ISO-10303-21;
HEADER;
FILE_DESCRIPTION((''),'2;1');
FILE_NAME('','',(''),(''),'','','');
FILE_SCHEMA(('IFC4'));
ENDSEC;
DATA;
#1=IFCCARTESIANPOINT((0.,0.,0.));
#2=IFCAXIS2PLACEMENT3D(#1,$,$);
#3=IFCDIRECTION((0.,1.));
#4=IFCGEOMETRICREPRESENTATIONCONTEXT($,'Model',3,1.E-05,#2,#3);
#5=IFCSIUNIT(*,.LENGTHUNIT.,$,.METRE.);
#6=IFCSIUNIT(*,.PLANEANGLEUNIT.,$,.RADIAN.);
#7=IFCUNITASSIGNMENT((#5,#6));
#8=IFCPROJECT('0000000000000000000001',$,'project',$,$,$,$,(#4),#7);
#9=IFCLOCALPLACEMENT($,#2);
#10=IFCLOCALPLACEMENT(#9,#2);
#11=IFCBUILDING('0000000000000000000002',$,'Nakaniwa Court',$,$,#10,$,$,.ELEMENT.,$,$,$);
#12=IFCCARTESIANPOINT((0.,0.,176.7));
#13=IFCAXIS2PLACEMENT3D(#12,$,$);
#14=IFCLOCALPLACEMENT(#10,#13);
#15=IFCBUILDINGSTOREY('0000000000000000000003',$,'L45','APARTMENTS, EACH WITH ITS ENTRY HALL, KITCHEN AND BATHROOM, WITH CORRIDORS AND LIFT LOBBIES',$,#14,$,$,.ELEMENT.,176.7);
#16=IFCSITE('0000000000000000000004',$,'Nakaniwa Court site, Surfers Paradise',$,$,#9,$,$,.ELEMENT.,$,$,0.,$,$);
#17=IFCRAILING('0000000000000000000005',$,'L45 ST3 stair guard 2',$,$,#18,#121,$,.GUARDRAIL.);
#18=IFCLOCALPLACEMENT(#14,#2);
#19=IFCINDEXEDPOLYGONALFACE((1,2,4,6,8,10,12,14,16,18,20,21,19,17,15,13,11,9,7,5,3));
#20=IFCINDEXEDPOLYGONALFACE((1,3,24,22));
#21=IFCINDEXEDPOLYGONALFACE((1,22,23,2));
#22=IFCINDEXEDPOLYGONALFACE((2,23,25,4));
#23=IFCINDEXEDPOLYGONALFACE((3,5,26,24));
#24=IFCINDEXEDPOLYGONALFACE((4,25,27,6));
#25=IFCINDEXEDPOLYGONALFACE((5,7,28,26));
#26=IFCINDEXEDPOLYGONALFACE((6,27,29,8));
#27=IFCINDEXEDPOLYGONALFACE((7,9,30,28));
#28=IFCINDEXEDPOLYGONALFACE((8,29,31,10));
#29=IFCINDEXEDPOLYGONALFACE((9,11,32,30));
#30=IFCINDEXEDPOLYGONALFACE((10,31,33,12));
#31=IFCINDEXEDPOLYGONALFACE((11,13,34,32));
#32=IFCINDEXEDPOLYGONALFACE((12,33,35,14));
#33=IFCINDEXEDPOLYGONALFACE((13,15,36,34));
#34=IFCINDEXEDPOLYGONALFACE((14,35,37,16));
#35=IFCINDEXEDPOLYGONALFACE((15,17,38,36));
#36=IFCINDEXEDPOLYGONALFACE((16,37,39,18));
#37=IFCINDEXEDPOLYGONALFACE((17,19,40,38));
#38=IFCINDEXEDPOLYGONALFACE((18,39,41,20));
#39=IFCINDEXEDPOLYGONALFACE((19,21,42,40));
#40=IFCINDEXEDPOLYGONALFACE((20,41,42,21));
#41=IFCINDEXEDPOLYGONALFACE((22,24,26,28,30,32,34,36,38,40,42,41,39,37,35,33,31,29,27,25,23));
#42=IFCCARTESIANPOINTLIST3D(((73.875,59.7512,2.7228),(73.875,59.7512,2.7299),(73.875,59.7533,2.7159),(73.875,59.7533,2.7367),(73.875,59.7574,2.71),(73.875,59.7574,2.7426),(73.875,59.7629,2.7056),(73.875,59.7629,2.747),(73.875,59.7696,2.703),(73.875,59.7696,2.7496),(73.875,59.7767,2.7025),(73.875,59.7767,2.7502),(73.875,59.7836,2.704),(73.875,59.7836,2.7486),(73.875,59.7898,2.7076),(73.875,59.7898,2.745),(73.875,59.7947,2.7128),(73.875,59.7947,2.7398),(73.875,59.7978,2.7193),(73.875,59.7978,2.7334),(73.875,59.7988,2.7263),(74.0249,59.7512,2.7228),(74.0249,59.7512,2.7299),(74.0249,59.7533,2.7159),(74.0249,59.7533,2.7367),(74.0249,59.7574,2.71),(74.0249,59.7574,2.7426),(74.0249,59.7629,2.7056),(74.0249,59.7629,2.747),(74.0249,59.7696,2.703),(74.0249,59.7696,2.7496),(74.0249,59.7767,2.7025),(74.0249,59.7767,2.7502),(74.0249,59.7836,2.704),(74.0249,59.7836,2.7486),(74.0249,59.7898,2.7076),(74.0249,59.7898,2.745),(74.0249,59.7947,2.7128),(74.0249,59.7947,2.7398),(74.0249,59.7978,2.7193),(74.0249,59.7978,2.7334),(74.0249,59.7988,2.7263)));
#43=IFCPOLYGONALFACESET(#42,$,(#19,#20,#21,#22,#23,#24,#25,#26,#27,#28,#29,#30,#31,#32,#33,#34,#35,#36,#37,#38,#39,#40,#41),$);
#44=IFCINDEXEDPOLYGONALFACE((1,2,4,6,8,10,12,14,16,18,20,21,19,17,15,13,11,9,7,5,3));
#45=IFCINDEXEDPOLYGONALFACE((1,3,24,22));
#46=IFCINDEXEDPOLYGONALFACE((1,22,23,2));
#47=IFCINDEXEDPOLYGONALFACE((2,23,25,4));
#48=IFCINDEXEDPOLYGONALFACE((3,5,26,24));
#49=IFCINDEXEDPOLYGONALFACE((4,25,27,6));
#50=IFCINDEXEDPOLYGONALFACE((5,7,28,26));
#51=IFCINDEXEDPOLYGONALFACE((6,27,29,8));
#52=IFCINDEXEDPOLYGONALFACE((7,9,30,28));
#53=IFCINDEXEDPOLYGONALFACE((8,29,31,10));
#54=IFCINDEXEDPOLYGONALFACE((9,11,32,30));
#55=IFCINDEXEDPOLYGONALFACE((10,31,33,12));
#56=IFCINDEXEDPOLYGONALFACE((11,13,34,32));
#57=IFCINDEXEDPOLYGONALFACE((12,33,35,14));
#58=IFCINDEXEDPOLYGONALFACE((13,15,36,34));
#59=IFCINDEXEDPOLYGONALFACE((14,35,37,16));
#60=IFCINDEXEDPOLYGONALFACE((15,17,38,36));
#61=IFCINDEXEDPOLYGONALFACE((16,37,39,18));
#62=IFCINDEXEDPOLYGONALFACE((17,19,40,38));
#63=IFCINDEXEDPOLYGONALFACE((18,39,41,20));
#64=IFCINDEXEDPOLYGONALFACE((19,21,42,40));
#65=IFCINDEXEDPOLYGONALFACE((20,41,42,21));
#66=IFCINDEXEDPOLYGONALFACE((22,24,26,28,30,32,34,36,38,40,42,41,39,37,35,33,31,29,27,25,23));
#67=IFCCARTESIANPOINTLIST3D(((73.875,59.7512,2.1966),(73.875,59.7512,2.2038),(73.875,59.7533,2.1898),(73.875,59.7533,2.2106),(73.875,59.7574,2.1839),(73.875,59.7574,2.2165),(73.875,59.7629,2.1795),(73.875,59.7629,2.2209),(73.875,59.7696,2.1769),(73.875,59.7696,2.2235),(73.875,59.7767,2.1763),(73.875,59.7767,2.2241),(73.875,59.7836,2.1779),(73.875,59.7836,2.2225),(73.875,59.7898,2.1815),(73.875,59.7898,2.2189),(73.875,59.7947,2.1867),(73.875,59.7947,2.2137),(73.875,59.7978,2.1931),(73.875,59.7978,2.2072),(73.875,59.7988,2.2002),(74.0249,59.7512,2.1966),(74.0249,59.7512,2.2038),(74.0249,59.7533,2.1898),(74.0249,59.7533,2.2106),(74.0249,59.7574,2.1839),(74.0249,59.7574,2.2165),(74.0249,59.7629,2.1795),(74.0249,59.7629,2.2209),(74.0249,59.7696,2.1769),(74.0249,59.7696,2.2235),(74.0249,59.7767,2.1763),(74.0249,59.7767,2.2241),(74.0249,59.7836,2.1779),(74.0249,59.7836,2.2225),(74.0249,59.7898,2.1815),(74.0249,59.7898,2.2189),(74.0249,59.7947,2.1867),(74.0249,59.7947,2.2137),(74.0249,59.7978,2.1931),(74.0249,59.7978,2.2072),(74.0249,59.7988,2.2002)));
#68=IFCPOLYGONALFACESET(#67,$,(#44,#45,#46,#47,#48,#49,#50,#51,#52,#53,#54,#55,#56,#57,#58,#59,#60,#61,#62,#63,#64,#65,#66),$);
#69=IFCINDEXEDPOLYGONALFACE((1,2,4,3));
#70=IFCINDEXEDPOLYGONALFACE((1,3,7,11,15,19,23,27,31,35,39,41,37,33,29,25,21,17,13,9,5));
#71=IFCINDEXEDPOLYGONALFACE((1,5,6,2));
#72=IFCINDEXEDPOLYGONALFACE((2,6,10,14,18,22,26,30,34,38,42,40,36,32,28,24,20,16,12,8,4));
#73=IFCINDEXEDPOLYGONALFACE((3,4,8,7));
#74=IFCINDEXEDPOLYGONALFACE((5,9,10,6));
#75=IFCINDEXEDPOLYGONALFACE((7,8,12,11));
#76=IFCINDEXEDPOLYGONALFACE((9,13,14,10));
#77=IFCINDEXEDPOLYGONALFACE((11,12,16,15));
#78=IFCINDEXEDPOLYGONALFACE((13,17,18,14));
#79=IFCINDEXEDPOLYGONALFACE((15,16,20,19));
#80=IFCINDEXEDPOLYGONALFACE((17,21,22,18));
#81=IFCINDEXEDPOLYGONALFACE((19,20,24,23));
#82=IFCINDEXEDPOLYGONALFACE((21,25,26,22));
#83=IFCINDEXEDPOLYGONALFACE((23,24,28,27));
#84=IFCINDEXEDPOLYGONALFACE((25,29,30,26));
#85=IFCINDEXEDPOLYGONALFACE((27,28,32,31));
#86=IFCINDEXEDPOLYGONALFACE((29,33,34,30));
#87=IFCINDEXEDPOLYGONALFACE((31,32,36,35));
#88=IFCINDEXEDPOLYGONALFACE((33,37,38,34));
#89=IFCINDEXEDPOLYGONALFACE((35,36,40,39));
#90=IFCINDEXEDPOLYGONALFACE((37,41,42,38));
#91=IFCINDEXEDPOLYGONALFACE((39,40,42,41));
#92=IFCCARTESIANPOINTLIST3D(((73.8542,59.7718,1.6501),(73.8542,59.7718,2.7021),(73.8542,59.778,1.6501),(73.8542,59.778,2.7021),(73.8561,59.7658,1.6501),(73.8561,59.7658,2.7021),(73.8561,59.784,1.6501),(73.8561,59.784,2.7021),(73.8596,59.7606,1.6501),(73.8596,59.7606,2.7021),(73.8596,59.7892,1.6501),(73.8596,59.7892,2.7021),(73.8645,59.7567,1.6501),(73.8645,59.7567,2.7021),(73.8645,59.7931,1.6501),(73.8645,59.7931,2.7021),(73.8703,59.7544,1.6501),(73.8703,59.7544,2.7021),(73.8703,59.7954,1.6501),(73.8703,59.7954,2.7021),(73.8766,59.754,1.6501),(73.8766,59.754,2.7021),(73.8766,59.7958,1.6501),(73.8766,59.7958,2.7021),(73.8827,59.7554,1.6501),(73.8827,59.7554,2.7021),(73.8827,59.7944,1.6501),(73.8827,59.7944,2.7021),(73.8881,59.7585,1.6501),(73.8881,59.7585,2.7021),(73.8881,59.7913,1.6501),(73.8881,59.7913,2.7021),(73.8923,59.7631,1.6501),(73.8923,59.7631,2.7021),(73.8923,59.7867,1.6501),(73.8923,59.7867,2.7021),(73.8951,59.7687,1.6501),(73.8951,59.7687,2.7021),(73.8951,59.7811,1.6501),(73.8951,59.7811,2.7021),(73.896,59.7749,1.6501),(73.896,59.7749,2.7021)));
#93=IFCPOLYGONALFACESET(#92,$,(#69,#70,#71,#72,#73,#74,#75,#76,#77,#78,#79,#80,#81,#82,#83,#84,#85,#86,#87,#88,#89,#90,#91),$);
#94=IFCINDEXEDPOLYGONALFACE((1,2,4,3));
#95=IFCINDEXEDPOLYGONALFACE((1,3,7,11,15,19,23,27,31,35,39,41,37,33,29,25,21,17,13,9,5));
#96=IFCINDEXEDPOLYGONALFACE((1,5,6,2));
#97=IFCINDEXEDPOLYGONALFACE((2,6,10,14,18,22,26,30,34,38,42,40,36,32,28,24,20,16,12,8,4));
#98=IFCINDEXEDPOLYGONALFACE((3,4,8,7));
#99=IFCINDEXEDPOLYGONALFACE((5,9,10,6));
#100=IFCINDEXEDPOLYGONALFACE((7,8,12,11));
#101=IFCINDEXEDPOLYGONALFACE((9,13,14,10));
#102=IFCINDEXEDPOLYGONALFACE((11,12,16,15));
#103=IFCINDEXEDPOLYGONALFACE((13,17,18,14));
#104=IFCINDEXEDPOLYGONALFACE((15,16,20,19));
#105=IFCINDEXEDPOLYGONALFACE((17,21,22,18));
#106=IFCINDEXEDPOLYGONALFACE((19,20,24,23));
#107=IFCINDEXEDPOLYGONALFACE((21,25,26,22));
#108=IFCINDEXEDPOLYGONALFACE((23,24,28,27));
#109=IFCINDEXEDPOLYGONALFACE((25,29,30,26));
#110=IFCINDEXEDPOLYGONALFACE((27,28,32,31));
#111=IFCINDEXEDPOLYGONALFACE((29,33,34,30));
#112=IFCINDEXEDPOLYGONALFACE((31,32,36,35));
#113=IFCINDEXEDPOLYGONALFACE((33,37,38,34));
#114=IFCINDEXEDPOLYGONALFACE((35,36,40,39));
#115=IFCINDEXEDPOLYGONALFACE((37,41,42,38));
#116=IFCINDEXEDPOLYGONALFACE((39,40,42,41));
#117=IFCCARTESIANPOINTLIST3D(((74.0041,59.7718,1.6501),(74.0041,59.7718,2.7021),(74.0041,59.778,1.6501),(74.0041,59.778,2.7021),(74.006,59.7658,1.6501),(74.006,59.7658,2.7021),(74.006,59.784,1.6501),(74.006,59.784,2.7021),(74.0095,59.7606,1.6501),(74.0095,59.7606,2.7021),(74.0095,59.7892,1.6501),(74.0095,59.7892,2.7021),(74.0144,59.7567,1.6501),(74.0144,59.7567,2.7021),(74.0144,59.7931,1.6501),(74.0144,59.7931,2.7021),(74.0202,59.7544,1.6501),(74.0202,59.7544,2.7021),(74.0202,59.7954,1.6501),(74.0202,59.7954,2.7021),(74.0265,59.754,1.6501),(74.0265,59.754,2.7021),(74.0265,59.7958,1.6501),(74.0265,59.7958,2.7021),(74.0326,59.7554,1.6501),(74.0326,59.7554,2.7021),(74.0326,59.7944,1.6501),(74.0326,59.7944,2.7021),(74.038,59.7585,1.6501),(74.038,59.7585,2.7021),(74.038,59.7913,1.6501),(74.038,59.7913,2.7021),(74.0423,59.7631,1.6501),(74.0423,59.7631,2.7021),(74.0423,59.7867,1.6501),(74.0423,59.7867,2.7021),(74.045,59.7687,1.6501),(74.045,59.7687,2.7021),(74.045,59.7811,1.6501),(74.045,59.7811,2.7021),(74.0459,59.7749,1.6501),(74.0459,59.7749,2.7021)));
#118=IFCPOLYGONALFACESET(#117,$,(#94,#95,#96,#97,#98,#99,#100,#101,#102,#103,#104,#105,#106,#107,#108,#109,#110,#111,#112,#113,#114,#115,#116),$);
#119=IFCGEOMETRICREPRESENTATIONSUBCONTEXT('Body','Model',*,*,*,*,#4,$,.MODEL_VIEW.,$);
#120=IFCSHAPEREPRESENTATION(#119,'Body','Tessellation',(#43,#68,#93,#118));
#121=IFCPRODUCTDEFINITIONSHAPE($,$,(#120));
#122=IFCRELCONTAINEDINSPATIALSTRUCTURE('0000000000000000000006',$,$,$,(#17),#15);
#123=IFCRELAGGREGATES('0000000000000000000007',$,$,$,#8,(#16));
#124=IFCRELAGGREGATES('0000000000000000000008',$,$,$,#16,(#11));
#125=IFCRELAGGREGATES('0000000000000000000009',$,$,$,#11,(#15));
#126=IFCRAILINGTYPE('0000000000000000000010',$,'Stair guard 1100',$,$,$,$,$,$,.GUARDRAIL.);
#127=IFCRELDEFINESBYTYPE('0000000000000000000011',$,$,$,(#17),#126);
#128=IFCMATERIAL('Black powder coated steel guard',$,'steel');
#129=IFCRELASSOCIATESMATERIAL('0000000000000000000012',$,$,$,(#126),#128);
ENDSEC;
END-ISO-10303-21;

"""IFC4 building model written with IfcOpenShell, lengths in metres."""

from ifc_helpers import new_model, si_unit, direction, frame, origin, origin_2d, place, context, subcontext, project, spatial, circle, extrude, material, type_object, element, save


model = new_model("IFC4")

# Units and contexts
model_context = context("Model", 3, precision=1e-05, world=origin(), true_north=direction((0.0, 1.0)))
body_context = subcontext(model_context, "Body", "Model", "MODEL_VIEW")
ifc_project = project(units=[si_unit("LENGTHUNIT", "METRE"), si_unit("PLANEANGLEUNIT", "RADIAN")], contexts=[model_context])

# Site, building, storey
site_placement = place(None, origin())
site = spatial("IfcSite", under=ifc_project, at=site_placement, Name="Nakaniwa Court site, Surfers Paradise", CompositionType="ELEMENT", RefElevation=0.0)
building_placement = place(site_placement, origin())
building = spatial("IfcBuilding", under=site, at=building_placement, Name="Nakaniwa Court", CompositionType="ELEMENT")
storey_placement = place(building_placement, frame((0.0, 0.0, 176.7)))
storey = spatial("IfcBuildingStorey", under=building, at=storey_placement, Name="L45", Description="APARTMENTS, EACH WITH ITS ENTRY HALL, KITCHEN AND BATHROOM, WITH CORRIDORS AND LIFT LOBBIES", CompositionType="ELEMENT", Elevation=176.7)

# Railing
ifc_material_1 = material(Name="Black powder coated steel guard", Category="steel")
railing_type_1 = type_object("IfcRailingType", Name="Stair guard 1100", PredefinedType="GUARDRAIL", material=ifc_material_1)
railing_1_placement = place(storey_placement, frame((73.875, 59.7749, 1.6501)))
element("IfcRailing", 1, at=railing_1_placement, inside=storey, type_object=railing_type_1, Name="L45 ST3 stair guard 2", PredefinedType="GUARDRAIL", context=body_context, shape_type="SweptSolid", body=[
    extrude(circle(Radius=0.0239, at=origin_2d()), frame((0.0, 0.0, 1.0762), z_axis=(1.0, 0.0, 0.0), x_axis=(0.0, 1.0, 0.0)), (0.0, 0.0, 1.0), 0.1499),
    extrude(circle(Radius=0.0239, at=origin_2d()), frame((0.0, 0.0, 0.55), z_axis=(1.0, 0.0, 0.0), x_axis=(0.0, 1.0, 0.0)), (0.0, 0.0, 1.0), 0.1499),
    extrude(circle(Radius=0.021, at=origin_2d()), origin(), (0.0, 0.0, 1.0), 1.052),
    extrude(circle(Radius=0.021, at=origin_2d()), frame((0.1499, 0.0, 0.0)), (0.0, 0.0, 1.0), 1.052),
])

save(model, "model.ifc")
